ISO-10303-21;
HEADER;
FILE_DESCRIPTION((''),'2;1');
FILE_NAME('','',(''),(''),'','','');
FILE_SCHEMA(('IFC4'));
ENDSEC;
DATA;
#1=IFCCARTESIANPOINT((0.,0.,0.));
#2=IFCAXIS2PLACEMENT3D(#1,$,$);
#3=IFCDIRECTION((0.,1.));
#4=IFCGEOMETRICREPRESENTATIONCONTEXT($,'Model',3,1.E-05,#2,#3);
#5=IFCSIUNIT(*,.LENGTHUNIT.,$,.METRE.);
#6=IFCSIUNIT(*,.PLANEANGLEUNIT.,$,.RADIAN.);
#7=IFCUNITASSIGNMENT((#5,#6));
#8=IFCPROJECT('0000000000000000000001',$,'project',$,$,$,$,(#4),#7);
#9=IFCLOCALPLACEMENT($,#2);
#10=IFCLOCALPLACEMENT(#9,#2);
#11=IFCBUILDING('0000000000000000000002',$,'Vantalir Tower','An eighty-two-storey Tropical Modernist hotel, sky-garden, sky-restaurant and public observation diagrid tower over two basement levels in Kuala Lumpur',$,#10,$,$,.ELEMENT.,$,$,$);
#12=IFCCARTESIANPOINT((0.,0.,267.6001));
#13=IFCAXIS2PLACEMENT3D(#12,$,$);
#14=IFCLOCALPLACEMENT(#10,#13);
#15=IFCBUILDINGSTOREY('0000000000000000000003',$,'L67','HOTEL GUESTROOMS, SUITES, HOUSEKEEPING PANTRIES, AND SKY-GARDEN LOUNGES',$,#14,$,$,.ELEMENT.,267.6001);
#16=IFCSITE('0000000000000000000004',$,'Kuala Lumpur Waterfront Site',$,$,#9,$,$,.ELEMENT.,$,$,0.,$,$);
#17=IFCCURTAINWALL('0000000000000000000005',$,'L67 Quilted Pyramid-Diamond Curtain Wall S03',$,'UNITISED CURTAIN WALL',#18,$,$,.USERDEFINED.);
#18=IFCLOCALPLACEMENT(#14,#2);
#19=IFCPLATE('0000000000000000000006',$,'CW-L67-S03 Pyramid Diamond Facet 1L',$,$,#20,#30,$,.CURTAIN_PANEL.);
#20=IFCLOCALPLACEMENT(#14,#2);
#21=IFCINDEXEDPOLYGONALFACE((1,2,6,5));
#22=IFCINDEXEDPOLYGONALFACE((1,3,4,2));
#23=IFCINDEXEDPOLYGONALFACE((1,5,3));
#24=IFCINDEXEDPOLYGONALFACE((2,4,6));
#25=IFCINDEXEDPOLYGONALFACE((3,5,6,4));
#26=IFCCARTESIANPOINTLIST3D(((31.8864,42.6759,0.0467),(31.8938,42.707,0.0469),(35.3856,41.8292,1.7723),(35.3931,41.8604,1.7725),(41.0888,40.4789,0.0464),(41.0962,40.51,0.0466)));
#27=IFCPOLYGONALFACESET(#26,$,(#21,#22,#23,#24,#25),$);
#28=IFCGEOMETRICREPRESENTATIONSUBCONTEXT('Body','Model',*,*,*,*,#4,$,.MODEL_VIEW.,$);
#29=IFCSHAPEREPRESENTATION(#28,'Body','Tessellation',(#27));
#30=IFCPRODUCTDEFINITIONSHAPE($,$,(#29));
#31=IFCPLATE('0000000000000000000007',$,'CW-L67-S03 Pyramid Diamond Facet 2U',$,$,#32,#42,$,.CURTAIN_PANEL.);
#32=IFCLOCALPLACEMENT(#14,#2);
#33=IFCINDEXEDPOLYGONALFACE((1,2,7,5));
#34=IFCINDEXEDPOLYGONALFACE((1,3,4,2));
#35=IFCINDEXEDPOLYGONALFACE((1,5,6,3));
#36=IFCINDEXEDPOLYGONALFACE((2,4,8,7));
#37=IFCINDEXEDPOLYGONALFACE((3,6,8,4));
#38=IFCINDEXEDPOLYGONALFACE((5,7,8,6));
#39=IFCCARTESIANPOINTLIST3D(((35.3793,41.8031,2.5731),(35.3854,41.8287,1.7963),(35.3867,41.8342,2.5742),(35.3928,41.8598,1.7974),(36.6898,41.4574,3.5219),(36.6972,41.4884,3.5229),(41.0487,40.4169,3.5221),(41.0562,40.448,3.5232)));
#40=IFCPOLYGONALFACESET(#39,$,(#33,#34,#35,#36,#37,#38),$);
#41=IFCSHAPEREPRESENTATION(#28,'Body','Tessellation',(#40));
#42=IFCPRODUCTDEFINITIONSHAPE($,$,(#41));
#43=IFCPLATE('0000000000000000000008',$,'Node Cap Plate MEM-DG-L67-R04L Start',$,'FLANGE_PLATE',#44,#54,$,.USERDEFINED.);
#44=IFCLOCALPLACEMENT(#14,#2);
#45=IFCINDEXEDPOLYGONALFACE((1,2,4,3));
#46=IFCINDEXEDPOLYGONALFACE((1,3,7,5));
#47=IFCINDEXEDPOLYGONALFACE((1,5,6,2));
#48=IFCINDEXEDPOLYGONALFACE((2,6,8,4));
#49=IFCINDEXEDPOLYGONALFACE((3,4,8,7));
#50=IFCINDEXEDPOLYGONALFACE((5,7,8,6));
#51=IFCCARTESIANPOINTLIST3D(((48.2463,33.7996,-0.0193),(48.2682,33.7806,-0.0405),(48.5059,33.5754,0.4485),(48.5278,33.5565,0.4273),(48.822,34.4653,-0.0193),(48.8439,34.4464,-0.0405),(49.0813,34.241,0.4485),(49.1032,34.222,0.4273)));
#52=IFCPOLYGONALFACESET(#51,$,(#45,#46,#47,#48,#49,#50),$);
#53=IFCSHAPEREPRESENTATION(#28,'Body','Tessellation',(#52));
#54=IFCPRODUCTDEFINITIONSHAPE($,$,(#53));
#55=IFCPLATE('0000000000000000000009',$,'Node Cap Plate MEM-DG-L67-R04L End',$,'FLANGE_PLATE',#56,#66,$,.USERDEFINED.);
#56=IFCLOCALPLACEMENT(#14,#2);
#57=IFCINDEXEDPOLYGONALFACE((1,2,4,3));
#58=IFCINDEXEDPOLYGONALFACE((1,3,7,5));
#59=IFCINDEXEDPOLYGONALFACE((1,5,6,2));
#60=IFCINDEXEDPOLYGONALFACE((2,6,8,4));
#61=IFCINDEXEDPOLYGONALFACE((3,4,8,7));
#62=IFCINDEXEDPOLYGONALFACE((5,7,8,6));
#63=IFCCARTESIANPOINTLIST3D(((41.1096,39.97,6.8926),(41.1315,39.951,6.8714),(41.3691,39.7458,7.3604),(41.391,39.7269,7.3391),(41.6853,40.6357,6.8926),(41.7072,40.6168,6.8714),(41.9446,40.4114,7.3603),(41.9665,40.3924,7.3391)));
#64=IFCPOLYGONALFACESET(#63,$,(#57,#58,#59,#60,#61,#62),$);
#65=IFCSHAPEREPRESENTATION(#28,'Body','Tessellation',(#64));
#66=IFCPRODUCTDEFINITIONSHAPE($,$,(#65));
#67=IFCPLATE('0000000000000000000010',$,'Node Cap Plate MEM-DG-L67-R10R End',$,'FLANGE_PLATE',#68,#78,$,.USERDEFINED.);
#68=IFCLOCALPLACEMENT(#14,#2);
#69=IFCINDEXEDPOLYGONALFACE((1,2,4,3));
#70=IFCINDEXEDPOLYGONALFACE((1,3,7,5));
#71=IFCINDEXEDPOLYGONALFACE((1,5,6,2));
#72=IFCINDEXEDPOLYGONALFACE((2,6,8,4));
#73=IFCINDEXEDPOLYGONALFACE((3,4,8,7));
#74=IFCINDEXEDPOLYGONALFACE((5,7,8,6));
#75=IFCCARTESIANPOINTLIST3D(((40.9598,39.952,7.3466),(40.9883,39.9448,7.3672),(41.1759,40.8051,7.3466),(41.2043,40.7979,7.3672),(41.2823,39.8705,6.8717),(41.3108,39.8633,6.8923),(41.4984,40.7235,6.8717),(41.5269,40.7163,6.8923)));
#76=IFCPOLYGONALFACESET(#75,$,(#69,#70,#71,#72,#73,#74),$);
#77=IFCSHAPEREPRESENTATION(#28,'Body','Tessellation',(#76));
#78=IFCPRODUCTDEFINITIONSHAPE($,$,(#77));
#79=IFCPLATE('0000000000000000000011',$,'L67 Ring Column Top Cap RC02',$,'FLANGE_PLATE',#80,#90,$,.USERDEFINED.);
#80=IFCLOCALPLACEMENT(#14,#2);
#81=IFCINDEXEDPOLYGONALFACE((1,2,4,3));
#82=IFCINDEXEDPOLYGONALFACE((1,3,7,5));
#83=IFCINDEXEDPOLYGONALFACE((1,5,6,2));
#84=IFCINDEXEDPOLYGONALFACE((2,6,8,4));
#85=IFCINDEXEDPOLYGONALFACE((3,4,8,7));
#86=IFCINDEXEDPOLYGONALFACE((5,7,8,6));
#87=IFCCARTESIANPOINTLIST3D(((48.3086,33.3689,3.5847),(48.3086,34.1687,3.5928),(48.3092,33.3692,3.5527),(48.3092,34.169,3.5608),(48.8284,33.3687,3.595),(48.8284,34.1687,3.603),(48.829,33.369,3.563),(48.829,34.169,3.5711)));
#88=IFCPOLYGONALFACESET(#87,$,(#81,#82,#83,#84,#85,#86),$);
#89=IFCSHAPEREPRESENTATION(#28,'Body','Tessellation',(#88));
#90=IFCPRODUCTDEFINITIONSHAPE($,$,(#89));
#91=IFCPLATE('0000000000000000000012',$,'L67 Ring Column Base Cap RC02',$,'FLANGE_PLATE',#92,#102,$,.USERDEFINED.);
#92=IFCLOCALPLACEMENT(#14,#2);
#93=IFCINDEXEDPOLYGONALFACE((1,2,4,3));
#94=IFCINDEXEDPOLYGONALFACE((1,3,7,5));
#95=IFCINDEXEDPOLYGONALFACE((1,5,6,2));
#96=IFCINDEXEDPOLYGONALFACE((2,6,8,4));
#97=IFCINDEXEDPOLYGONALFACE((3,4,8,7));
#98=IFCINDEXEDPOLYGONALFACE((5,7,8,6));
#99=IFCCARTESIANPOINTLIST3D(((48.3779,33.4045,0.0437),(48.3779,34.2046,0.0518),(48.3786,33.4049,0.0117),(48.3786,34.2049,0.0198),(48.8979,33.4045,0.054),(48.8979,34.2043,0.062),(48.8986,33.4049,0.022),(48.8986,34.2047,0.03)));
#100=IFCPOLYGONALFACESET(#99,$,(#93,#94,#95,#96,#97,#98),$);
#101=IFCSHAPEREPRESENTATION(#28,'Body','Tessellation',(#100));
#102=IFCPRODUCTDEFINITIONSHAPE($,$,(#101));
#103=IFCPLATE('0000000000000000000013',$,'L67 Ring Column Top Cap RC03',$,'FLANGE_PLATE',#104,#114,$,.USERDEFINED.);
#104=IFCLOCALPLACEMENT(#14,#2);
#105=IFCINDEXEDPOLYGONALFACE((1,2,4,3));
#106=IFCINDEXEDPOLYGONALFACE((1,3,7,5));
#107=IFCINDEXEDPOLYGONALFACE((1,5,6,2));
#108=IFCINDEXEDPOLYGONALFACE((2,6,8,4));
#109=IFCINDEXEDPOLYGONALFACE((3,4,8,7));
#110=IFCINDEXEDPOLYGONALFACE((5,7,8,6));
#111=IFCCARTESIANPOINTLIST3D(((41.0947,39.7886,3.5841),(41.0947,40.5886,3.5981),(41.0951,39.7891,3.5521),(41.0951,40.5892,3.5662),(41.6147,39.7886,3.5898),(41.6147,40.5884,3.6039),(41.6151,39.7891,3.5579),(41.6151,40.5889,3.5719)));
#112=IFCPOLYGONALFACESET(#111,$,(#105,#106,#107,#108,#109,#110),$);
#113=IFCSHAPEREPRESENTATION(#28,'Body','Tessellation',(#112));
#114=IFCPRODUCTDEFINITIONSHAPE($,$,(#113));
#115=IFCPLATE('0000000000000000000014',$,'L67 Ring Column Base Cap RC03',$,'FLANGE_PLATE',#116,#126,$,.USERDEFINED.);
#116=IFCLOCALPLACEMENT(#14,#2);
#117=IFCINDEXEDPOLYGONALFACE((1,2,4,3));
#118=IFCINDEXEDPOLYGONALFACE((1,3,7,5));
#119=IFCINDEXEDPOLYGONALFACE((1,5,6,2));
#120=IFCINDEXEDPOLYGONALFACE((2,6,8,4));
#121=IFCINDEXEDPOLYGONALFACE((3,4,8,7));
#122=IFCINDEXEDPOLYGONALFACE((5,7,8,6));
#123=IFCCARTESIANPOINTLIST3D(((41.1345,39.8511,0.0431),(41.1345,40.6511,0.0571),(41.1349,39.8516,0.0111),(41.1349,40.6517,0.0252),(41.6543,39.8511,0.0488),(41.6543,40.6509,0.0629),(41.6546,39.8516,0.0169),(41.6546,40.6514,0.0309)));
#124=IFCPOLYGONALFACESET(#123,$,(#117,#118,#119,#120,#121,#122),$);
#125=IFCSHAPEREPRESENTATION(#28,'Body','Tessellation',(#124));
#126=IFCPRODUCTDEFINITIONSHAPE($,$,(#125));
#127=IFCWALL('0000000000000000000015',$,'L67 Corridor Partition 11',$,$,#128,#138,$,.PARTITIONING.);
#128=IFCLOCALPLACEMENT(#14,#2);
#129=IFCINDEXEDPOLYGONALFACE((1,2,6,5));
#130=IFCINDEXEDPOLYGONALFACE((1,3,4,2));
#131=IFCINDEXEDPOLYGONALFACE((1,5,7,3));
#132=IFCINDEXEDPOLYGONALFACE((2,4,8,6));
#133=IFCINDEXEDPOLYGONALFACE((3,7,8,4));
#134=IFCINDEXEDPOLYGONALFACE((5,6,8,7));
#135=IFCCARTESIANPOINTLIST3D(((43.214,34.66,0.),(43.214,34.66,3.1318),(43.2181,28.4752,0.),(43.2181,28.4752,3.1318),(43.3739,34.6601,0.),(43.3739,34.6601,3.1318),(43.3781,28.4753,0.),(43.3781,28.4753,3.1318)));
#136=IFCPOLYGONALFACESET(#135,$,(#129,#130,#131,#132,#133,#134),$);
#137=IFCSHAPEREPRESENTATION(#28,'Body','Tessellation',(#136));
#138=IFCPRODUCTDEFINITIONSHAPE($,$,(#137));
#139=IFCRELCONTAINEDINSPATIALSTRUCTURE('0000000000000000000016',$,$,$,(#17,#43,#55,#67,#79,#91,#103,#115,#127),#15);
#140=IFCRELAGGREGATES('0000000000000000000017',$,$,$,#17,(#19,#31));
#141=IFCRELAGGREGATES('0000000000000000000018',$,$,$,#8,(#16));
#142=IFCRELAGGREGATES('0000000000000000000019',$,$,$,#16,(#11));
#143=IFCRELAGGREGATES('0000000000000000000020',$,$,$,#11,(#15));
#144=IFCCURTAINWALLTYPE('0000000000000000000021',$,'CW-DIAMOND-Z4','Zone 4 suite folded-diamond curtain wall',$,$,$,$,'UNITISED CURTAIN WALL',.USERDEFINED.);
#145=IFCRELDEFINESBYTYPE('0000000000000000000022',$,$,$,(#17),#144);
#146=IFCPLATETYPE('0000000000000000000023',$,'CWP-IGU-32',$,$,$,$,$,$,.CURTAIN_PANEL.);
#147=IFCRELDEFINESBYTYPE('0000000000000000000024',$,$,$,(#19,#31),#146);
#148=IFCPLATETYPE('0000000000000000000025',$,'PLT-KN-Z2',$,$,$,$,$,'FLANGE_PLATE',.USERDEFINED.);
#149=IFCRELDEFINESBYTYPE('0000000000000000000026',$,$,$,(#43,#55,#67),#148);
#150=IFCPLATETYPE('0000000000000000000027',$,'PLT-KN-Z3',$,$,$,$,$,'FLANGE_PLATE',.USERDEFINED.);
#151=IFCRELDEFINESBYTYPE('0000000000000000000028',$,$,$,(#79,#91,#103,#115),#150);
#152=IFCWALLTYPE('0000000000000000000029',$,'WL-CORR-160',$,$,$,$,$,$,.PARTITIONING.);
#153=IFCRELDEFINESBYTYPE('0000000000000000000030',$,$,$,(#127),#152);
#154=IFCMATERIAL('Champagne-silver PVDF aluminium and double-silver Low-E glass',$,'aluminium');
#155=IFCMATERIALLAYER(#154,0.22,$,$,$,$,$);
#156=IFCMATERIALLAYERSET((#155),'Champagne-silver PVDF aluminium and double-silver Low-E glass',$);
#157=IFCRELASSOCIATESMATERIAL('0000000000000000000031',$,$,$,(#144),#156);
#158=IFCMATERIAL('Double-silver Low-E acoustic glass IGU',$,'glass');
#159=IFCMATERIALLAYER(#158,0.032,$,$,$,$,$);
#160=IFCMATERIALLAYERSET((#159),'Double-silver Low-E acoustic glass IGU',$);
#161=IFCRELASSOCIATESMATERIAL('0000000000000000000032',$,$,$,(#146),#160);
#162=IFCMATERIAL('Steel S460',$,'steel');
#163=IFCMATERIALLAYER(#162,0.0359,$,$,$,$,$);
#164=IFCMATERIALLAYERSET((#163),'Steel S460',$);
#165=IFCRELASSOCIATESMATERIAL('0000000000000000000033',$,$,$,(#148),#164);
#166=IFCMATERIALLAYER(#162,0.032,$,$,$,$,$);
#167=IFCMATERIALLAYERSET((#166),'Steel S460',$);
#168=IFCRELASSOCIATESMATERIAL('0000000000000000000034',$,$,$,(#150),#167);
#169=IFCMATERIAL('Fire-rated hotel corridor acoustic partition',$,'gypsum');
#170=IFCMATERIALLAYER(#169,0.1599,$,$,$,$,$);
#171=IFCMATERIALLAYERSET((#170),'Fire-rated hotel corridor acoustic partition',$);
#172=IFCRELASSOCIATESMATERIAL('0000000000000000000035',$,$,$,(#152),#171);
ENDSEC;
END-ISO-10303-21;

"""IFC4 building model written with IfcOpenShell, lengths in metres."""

from ifc_helpers import new_model, si_unit, direction, frame, frame_2d, origin, place, context, subcontext, project, spatial, polyline, rectangle, outline, extrude, material, layer, layer_set, type_object, element, aggregate, save


model = new_model("IFC4")

# Units and contexts
model_context = context("Model", 3, precision=1e-05, world=origin(), true_north=direction((0.0, 1.0)))
body_context = subcontext(model_context, "Body", "Model", "MODEL_VIEW")
ifc_project = project(units=[si_unit("LENGTHUNIT", "METRE"), si_unit("PLANEANGLEUNIT", "RADIAN")], contexts=[model_context])

# Site, building, storey
site_placement = place(None, origin())
site = spatial("IfcSite", under=ifc_project, at=site_placement, Name="Kuala Lumpur Waterfront Site", CompositionType="ELEMENT", RefElevation=0.0)
building_placement = place(site_placement, origin())
building = spatial("IfcBuilding", under=site, at=building_placement, Name="Vantalir Tower", Description="An eighty-two-storey Tropical Modernist hotel, sky-garden, sky-restaurant and public observation diagrid tower over two basement levels in Kuala Lumpur", CompositionType="ELEMENT")
storey_placement = place(building_placement, frame((0.0, 0.0, 267.6001)))
storey = spatial("IfcBuildingStorey", under=building, at=storey_placement, Name="L67", Description="HOTEL GUESTROOMS, SUITES, HOUSEKEEPING PANTRIES, AND SKY-GARDEN LOUNGES", CompositionType="ELEMENT", Elevation=267.6001)

# Shared definitions
ifc_material_1 = material(Name="Steel S460", Category="steel")

# Shared definitions
ifc_material_2 = material(Name="Champagne-silver PVDF aluminium and double-silver Low-E glass", Category="aluminium")
ifc_layer_1 = layer(ifc_material_2, 0.22)
ifc_layer_set_1 = layer_set([ifc_layer_1], Name="Champagne-silver PVDF aluminium and double-silver Low-E glass")
curtain_wall_type = type_object("IfcCurtainWallType", Name="CW-DIAMOND-Z4", Description="Zone 4 suite folded-diamond curtain wall", ElementType="UNITISED CURTAIN WALL", PredefinedType="USERDEFINED", material=ifc_layer_set_1)

# Curtain wall
curtain_wall_1_placement = place(storey_placement, origin())
curtain_wall_1 = element("IfcCurtainWall", 1, at=curtain_wall_1_placement, inside=storey, type_object=curtain_wall_type, Name="L67 Quilted Pyramid-Diamond Curtain Wall S03", ObjectType="UNITISED CURTAIN WALL", PredefinedType="USERDEFINED")

# Plates
ifc_material_3 = material(Name="Double-silver Low-E acoustic glass IGU", Category="glass")
ifc_layer_2 = layer(ifc_material_3, 0.032)
ifc_layer_set_2 = layer_set([ifc_layer_2], Name="Double-silver Low-E acoustic glass IGU")
plate_type_1 = type_object("IfcPlateType", Name="CWP-IGU-32", PredefinedType="CURTAIN_PANEL", material=ifc_layer_set_2)
plate_1_placement = place(storey_placement, frame((41.0962, 40.51, 0.0466), z_axis=(0.232214, 0.972644, 0.00634), x_axis=(-0.972664, 0.232218, 0.000026)))
plate_1 = element("IfcPlate", 2, at=plate_1_placement, type_object=plate_type_1, Name="CW-L67-S03 Pyramid Diamond Facet 1L", PredefinedType="CURTAIN_PANEL", context=body_context, shape_type="SweptSolid", body=[
    extrude(outline(polyline([(0.0, 0.0), (9.461, 0.0), (5.8608, 1.7257), (0.0, 0.0)])), origin(), (0.0, 0.0, -1.0), 0.032),
])
plate_2_placement = place(storey_placement, frame((41.0562, 40.448, 3.5232), z_axis=(0.232037, 0.97212, 0.033789), x_axis=(-0.972675, 0.232171, -0.000055)))
plate_2 = element("IfcPlate", 3, at=plate_2_placement, type_object=plate_type_1, Name="CW-L67-S03 Pyramid Diamond Facet 2U", PredefinedType="CURTAIN_PANEL", context=body_context, shape_type="SweptSolid", body=[
    extrude(outline(polyline([(0.0, 0.0), (4.4814, 0.0), (5.8364, -0.9492), (5.8365, -1.7265), (0.0, 0.0)])), origin(), (0.0, 0.0, -1.0), 0.032),
])
aggregate(curtain_wall_1, [plate_1, plate_2])

# Plates
ifc_layer_3 = layer(ifc_material_1, 0.0359)
ifc_layer_set_3 = layer_set([ifc_layer_3], Name="Steel S460")
plate_type_2 = type_object("IfcPlateType", Name="PLT-KN-Z2", ElementType="FLANGE_PLATE", PredefinedType="USERDEFINED", material=ifc_layer_set_3)
for number, where, z_axis, x_axis, name in (
    (4, (48.822, 34.4653, -0.0193), (-0.610086, 0.527518, 0.591202), (-0.654068, -0.756436, -0.000007), "Node Cap Plate MEM-DG-L67-R04L Start"),
    (5, (41.6853, 40.6357, 6.8926), (-0.610086, 0.527518, 0.591202), (-0.654068, -0.756436, -0.000007), "Node Cap Plate MEM-DG-L67-R04L End"),
):
    element("IfcPlate", number, at=place(storey_placement, frame(where, z_axis=z_axis, x_axis=x_axis)), inside=storey, type_object=plate_type_2, Name=name, ObjectType="FLANGE_PLATE", PredefinedType="USERDEFINED", context=body_context, shape_type="SweptSolid", body=[
        extrude(outline(polyline([(0.0, 0.0), (0.8801, 0.0), (0.8799, 0.58), (0.0001, 0.58), (0.0, 0.0)])), origin(), (0.0, 0.0, -1.0), 0.0359),
    ])
plate_3_placement = place(storey_placement, frame((41.3108, 39.8633, 6.8923), z_axis=(0.793948, -0.2011, 0.573765), x_axis=(0.245537, 0.969387, 0.0)))
element("IfcPlate", 6, at=plate_3_placement, inside=storey, type_object=plate_type_2, Name="Node Cap Plate MEM-DG-L67-R10R End", ObjectType="FLANGE_PLATE", PredefinedType="USERDEFINED", context=body_context, shape_type="SweptSolid", body=[
    extrude(outline(polyline([(0.0, 0.0), (0.88, 0.0), (0.8798, 0.5798), (-0.0001, 0.5798), (0.0, 0.0)])), origin(), (0.0, 0.0, -1.0), 0.0359),
])
ifc_layer_4 = layer(ifc_material_1, 0.032)
ifc_layer_set_4 = layer_set([ifc_layer_4], Name="Steel S460")
plate_type_3 = type_object("IfcPlateType", Name="PLT-KN-Z3", ElementType="FLANGE_PLATE", PredefinedType="USERDEFINED", material=ifc_layer_set_4)
plate_4_placement = place(storey_placement, frame((48.3086, 34.1687, 3.5928), z_axis=(-0.019725, -0.010069, 0.999755), x_axis=(0.0, -0.999949, -0.010071)))
element("IfcPlate", 7, at=plate_4_placement, inside=storey, type_object=plate_type_3, Name="L67 Ring Column Top Cap RC02", ObjectType="FLANGE_PLATE", PredefinedType="USERDEFINED", context=body_context, shape_type="SweptSolid", body=[
    extrude(outline(polyline([(0.0, 0.0), (0.7998, 0.0), (0.8, 0.5199), (-0.0001, 0.5199), (0.0, 0.0)])), origin(), (0.0, 0.0, -1.0), 0.032),
])
plate_5_placement = place(storey_placement, frame((48.3779, 34.2046, 0.0518), z_axis=(-0.019716, -0.010069, 0.999755), x_axis=(0.0, -0.999949, -0.010071)))
element("IfcPlate", 8, at=plate_5_placement, inside=storey, type_object=plate_type_3, Name="L67 Ring Column Base Cap RC02", ObjectType="FLANGE_PLATE", PredefinedType="USERDEFINED", context=body_context, shape_type="SweptSolid", body=[
    extrude(outline(polyline([(0.0, 0.0), (0.8001, 0.0), (0.8, 0.5201), (0.0001, 0.5201), (0.0, 0.0)])), origin(), (0.0, 0.0, -1.0), 0.032),
])
plate_6_placement = place(storey_placement, frame((41.0947, 40.5886, 3.5981), z_axis=(-0.011035, -0.017545, 0.999785), x_axis=(-0.000002, -0.999846, -0.017547)))
element("IfcPlate", 9, at=plate_6_placement, inside=storey, type_object=plate_type_3, Name="L67 Ring Column Top Cap RC03", ObjectType="FLANGE_PLATE", PredefinedType="USERDEFINED", context=body_context, shape_type="SweptSolid", body=[
    extrude(outline(polyline([(0.0, 0.0), (0.8002, 0.0), (0.8001, 0.5201), (0.0001, 0.52), (0.0, 0.0)])), origin(), (0.0, 0.0, -1.0), 0.032),
])
plate_7_placement = place(storey_placement, frame((41.1345, 40.6511, 0.0571), z_axis=(-0.01104, -0.017545, 0.999785), x_axis=(-0.000002, -0.999846, -0.017547)))
element("IfcPlate", 10, at=plate_7_placement, inside=storey, type_object=plate_type_3, Name="L67 Ring Column Base Cap RC03", ObjectType="FLANGE_PLATE", PredefinedType="USERDEFINED", context=body_context, shape_type="SweptSolid", body=[
    extrude(outline(polyline([(0.0, 0.0), (0.8002, 0.0), (0.8001, 0.5198), (0.0001, 0.5198), (0.0, 0.0)])), origin(), (0.0, 0.0, -1.0), 0.032),
])

# Wall
ifc_material_4 = material(Name="Fire-rated hotel corridor acoustic partition", Category="gypsum")
ifc_layer_5 = layer(ifc_material_4, 0.1599)
ifc_layer_set_5 = layer_set([ifc_layer_5], Name="Fire-rated hotel corridor acoustic partition")
wall_type = type_object("IfcWallType", Name="WL-CORR-160", PredefinedType="PARTITIONING", material=ifc_layer_set_5)
wall_placement = place(storey_placement, frame((43.2939, 34.6599, 0.0), z_axis=(0.0, 0.0, 1.0), x_axis=(0.000671, -1.0, 0.0)))
element("IfcWall", 11, at=wall_placement, inside=storey, type_object=wall_type, Name="L67 Corridor Partition 11", PredefinedType="PARTITIONING", context=body_context, shape_type="SweptSolid", body=[
    extrude(rectangle(XDim=6.1848, YDim=0.1599, at=frame_2d((3.0923, 0.0))), origin(), (0.0, 0.0, 1.0), 3.1318),
])

save(model, "model.ifc")
